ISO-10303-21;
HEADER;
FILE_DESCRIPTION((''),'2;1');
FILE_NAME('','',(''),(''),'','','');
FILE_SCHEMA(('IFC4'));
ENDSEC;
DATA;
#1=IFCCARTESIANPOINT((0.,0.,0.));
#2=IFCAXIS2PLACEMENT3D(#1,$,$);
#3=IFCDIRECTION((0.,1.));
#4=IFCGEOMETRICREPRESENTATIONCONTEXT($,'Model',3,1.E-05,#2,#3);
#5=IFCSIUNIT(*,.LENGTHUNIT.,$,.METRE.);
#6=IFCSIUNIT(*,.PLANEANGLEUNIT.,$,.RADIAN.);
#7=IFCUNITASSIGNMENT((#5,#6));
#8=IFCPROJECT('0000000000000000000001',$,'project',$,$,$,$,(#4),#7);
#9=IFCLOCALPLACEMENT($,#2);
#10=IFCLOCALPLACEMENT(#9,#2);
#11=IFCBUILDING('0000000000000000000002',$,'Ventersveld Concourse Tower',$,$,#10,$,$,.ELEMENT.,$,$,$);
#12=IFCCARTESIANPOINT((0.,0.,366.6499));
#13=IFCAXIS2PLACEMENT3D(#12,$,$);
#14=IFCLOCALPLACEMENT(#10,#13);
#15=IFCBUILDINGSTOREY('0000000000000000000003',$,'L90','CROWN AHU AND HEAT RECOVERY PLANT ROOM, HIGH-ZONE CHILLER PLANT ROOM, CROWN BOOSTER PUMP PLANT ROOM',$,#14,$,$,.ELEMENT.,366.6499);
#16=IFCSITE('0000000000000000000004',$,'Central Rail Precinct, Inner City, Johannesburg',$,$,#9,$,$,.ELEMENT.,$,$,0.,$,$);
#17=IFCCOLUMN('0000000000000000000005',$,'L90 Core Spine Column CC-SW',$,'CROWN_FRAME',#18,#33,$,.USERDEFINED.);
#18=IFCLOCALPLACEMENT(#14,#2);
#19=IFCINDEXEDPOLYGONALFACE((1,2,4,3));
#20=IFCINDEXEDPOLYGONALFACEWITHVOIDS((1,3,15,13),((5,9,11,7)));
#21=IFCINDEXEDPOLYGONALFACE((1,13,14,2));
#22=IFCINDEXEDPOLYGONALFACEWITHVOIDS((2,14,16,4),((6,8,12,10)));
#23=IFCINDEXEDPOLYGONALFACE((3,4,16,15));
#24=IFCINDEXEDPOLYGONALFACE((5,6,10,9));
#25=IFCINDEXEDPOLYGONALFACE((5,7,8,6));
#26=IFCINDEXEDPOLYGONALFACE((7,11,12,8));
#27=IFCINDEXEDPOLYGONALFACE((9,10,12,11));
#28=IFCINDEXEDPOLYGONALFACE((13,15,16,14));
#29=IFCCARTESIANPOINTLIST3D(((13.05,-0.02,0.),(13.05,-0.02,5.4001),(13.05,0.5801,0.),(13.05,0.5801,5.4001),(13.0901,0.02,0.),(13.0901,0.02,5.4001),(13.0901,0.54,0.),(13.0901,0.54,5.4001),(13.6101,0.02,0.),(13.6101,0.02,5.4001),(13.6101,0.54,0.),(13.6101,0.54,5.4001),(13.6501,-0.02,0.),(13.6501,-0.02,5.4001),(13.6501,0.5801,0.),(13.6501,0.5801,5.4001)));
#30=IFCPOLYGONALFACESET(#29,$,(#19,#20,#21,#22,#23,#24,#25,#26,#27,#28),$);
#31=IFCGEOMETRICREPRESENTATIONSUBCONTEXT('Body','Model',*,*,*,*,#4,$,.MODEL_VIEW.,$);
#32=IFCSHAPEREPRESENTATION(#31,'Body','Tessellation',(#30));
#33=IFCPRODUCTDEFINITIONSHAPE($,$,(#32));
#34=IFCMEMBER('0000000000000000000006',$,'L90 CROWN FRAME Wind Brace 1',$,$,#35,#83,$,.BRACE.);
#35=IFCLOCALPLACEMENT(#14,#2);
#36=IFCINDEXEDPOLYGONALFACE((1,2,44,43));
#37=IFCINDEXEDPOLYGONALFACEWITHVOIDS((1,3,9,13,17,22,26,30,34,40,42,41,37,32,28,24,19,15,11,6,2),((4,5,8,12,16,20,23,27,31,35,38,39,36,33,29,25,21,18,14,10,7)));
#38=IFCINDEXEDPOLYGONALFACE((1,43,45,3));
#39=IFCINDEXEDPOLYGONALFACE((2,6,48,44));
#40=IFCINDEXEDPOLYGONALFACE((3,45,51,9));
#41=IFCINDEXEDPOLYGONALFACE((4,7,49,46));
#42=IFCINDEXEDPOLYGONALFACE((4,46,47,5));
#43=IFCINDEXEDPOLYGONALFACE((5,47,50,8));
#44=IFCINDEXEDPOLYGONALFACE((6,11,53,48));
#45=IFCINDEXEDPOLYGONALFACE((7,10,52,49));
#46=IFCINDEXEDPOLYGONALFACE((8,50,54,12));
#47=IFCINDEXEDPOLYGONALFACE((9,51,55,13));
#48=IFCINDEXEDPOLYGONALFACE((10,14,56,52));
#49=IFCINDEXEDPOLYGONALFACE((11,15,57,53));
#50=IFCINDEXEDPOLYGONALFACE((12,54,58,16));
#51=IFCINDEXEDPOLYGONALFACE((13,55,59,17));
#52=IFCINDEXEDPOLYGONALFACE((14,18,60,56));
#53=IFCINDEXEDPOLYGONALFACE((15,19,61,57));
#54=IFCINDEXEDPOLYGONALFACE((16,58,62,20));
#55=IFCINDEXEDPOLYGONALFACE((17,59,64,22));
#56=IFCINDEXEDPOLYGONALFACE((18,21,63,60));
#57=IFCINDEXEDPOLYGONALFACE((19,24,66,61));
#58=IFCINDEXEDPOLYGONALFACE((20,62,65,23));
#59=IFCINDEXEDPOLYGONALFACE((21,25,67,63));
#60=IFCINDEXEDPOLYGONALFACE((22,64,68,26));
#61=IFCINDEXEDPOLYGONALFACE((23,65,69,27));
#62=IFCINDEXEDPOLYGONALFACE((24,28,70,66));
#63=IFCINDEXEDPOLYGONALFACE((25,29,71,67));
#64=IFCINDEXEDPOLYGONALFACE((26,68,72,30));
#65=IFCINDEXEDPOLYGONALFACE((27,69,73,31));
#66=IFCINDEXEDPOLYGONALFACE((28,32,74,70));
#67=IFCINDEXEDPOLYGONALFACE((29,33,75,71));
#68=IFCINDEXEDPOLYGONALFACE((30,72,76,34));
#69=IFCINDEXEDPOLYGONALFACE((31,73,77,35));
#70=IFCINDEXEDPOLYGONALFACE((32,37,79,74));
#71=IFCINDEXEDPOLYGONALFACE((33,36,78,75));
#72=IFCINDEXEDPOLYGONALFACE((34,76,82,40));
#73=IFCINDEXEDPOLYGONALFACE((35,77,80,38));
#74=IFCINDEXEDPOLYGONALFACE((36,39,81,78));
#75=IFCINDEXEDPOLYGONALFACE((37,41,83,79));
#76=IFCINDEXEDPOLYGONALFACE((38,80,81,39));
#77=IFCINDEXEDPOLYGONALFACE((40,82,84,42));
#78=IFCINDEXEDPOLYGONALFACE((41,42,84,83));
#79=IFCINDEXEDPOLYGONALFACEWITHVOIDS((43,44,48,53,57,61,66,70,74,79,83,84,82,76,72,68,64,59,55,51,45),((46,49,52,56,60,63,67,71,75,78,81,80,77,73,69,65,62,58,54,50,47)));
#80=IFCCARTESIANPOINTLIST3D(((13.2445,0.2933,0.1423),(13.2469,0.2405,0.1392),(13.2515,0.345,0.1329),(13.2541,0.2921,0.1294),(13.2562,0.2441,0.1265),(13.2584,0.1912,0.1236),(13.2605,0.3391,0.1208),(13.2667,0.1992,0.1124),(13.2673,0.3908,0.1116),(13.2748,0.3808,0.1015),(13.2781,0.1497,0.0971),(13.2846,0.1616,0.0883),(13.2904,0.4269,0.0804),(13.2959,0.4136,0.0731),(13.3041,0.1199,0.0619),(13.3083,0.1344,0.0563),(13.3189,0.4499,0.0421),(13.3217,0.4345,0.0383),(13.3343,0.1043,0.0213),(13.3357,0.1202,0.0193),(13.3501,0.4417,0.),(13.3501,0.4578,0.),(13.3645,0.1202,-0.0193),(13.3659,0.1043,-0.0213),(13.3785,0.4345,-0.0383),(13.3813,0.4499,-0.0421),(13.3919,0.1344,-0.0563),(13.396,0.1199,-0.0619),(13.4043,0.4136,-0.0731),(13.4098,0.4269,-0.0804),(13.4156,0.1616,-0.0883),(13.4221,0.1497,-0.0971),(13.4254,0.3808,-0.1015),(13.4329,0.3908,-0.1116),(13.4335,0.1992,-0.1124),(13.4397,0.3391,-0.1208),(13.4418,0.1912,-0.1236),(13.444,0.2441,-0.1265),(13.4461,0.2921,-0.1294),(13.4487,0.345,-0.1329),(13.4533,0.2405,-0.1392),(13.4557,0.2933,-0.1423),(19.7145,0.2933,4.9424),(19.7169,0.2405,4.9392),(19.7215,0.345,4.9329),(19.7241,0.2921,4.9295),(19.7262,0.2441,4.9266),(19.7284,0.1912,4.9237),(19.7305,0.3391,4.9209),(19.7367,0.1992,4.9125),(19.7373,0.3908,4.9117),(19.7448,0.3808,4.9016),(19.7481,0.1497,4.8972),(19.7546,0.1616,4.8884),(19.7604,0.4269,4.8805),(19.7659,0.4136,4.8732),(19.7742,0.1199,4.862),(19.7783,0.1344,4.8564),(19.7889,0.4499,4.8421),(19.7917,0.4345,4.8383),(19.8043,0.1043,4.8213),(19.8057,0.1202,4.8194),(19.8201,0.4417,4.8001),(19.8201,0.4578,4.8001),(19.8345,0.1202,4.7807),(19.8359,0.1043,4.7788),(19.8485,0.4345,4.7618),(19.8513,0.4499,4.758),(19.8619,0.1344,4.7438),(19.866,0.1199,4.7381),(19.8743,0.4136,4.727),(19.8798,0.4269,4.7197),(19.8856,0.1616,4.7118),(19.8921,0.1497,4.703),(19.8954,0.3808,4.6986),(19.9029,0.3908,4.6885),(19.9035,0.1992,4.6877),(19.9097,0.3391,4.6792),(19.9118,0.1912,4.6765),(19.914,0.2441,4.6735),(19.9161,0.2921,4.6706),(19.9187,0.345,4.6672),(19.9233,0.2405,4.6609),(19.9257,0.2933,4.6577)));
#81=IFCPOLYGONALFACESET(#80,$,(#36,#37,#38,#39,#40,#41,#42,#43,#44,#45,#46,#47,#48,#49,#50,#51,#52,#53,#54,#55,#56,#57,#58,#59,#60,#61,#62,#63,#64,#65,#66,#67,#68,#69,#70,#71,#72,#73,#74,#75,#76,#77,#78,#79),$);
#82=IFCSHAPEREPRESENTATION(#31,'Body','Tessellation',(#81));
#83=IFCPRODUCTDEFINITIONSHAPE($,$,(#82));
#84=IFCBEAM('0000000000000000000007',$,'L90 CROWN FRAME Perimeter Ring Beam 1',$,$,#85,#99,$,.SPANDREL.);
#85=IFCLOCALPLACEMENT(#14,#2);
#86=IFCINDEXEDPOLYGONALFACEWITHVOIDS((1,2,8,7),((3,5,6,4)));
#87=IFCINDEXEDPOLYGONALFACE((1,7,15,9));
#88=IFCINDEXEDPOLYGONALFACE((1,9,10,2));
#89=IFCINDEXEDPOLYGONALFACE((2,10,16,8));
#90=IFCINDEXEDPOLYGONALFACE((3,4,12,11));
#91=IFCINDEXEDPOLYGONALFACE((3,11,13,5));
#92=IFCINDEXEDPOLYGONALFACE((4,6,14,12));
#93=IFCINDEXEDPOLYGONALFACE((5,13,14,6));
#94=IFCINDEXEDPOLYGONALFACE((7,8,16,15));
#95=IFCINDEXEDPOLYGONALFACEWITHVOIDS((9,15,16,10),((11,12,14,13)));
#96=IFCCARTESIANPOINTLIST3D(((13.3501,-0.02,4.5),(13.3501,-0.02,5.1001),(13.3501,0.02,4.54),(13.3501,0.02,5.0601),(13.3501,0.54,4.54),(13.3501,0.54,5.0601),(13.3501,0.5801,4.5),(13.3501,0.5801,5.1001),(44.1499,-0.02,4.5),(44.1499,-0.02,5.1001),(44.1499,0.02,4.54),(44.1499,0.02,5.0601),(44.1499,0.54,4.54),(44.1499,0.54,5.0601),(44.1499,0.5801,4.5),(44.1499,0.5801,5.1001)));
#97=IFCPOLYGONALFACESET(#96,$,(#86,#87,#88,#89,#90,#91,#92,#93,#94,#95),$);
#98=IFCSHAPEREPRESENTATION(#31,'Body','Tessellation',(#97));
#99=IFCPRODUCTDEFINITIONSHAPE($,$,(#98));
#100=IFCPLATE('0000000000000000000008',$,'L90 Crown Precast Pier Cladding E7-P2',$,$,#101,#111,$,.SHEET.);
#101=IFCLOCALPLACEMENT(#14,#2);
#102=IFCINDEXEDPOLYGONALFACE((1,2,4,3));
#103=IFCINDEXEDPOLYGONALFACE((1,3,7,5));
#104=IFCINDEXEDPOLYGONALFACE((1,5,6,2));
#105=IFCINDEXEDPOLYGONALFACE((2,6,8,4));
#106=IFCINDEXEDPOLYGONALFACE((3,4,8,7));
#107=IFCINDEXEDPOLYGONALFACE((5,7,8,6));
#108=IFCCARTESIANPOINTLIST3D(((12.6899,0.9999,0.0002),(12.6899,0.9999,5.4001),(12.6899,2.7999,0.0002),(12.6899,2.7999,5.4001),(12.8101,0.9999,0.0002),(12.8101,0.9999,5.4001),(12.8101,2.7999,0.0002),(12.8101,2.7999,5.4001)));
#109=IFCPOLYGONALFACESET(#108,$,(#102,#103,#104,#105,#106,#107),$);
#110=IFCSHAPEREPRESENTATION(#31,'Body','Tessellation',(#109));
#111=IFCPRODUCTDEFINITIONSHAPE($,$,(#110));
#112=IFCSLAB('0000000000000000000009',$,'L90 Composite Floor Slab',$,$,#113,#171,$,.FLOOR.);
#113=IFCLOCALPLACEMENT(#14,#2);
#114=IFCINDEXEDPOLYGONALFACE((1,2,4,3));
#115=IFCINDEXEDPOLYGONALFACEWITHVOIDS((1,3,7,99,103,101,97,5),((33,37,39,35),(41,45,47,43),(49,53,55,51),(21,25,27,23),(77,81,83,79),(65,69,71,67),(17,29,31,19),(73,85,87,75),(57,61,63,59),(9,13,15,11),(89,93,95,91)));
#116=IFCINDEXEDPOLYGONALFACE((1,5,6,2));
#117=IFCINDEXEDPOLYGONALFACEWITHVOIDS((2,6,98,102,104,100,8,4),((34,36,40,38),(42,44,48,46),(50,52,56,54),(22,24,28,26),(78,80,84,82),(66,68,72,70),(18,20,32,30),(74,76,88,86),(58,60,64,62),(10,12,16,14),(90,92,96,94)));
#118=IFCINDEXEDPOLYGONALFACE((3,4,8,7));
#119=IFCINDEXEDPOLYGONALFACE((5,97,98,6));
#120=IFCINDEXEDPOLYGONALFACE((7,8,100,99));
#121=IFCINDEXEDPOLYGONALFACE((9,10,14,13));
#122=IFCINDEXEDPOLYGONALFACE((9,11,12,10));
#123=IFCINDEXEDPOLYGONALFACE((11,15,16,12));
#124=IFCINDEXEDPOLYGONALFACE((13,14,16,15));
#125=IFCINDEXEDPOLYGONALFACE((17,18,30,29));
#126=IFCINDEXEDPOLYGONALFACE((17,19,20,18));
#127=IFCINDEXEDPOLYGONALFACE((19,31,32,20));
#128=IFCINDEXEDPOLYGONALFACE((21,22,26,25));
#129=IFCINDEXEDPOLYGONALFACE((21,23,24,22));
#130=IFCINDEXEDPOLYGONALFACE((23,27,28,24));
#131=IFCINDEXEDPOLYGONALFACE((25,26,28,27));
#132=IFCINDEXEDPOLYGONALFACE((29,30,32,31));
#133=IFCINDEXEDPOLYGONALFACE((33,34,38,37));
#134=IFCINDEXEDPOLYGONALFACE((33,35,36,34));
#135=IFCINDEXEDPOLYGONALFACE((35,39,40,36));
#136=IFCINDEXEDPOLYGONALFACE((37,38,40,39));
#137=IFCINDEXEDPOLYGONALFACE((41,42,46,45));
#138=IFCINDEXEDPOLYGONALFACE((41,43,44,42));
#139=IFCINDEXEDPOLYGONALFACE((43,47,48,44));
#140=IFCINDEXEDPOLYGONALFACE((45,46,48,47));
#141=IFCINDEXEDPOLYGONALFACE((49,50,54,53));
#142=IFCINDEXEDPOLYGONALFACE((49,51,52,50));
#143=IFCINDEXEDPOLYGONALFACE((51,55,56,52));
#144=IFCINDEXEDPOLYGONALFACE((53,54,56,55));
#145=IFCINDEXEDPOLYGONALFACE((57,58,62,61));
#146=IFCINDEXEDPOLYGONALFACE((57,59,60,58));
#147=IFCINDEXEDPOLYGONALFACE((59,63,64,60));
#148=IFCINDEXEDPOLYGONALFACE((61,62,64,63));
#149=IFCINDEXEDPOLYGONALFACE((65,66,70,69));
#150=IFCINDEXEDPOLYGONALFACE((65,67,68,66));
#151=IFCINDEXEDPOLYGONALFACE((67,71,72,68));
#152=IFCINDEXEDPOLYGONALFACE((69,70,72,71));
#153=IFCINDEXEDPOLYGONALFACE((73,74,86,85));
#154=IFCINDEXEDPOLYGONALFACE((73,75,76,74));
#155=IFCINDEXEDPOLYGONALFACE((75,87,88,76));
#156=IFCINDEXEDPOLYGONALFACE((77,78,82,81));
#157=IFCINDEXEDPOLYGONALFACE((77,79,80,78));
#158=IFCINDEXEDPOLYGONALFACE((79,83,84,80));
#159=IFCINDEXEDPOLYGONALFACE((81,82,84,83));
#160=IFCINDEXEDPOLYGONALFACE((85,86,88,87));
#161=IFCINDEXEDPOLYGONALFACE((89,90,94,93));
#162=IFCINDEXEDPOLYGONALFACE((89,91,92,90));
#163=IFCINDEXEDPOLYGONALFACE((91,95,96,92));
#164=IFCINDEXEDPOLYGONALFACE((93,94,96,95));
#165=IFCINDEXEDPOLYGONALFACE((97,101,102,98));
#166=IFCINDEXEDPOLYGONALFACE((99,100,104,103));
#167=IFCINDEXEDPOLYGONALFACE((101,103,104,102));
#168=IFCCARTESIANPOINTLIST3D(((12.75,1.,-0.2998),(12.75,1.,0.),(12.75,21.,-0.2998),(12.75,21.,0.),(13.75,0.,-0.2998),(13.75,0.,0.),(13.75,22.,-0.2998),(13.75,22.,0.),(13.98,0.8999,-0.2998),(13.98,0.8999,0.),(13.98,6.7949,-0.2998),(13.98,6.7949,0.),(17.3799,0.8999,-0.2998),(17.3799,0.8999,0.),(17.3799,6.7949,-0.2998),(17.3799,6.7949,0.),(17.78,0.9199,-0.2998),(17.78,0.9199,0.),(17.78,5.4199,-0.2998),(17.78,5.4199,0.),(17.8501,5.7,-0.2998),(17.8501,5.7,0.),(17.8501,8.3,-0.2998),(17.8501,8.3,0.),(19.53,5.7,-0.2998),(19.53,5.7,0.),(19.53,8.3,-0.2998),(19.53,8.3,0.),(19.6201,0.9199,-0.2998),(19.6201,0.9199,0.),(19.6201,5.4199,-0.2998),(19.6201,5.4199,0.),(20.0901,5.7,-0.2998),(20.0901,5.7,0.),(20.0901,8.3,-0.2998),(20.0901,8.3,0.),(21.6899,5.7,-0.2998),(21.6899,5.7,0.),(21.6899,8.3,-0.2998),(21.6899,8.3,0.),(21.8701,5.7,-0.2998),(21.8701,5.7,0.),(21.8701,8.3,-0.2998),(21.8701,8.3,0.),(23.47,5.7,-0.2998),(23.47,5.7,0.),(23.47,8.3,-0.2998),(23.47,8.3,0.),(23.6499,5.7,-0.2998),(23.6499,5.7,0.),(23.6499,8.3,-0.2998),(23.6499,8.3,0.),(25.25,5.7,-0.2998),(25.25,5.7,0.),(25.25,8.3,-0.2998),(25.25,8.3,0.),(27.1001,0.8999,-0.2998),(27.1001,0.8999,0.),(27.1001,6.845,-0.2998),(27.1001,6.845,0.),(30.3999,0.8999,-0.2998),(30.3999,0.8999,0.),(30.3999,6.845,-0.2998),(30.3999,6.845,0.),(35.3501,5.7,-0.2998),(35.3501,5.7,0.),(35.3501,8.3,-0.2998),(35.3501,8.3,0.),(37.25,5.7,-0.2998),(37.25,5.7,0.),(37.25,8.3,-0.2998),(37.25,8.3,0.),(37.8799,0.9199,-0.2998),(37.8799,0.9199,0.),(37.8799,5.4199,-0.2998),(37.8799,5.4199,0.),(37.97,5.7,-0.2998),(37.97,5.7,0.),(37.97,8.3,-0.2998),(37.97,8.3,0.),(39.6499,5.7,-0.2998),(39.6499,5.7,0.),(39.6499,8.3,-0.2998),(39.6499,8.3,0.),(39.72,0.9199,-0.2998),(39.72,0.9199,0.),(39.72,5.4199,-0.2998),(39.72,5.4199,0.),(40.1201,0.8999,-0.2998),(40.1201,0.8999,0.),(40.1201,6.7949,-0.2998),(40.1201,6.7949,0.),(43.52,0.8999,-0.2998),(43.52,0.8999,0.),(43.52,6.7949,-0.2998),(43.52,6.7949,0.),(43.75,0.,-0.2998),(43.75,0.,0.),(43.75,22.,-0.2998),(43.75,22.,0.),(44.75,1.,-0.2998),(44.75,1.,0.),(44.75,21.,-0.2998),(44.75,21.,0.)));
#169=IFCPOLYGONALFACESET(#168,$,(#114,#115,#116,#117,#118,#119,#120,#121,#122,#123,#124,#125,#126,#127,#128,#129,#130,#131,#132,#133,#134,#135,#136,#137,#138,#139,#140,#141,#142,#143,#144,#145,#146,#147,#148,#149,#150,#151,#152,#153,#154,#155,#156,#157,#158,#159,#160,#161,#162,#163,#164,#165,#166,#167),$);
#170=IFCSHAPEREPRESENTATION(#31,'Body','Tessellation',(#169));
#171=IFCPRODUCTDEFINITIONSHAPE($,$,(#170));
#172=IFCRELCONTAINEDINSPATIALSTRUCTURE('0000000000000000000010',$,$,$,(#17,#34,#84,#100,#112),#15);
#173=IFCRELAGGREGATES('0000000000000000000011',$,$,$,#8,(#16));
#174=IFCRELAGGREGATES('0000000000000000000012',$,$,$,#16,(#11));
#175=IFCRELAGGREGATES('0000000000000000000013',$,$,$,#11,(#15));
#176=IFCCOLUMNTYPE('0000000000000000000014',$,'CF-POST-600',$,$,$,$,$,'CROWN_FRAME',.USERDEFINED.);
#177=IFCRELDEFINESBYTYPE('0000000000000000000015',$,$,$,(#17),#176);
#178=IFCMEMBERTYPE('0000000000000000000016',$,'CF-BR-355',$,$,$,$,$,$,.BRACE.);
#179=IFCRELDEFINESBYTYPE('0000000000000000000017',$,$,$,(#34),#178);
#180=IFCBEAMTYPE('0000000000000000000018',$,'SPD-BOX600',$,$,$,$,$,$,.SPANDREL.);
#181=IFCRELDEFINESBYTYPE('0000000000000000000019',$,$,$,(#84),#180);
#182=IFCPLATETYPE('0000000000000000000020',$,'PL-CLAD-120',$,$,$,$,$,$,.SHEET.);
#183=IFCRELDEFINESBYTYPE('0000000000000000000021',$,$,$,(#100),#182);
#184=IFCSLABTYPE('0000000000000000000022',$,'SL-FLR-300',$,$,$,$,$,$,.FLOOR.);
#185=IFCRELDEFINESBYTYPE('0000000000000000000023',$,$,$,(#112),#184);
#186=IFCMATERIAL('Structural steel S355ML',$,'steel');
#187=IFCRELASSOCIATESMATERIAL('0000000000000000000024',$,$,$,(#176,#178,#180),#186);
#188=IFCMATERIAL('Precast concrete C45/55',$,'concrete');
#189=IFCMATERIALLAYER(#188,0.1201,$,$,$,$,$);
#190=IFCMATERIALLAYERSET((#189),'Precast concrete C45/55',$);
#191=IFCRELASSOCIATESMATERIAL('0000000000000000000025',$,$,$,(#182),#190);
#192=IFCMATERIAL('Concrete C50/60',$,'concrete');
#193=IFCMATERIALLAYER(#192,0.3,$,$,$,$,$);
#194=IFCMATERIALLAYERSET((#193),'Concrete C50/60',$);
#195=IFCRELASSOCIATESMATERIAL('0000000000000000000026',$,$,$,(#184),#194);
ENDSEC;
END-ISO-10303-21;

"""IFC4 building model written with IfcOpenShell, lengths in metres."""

from ifc_helpers import new_model, si_unit, direction, frame, origin, origin_2d, place, context, subcontext, project, spatial, polyline, rectangle, hollow_rectangle, hollow_circle, outline, extrude, material, layer, layer_set, material_profile, profile_set, type_object, element, save


model = new_model("IFC4")

# Units and contexts
model_context = context("Model", 3, precision=1e-05, world=origin(), true_north=direction((0.0, 1.0)))
body_context = subcontext(model_context, "Body", "Model", "MODEL_VIEW")
ifc_project = project(units=[si_unit("LENGTHUNIT", "METRE"), si_unit("PLANEANGLEUNIT", "RADIAN")], contexts=[model_context])

# Site, building, storey
site_placement = place(None, origin())
site = spatial("IfcSite", under=ifc_project, at=site_placement, Name="Central Rail Precinct, Inner City, Johannesburg", CompositionType="ELEMENT", RefElevation=0.0)
building_placement = place(site_placement, origin())
building = spatial("IfcBuilding", under=site, at=building_placement, Name="Ventersveld Concourse Tower", CompositionType="ELEMENT")
storey_placement = place(building_placement, frame((0.0, 0.0, 366.6499)))
storey = spatial("IfcBuildingStorey", under=building, at=storey_placement, Name="L90", Description="CROWN AHU AND HEAT RECOVERY PLANT ROOM, HIGH-ZONE CHILLER PLANT ROOM, CROWN BOOSTER PUMP PLANT ROOM", CompositionType="ELEMENT", Elevation=366.6499)

# Column
ifc_material_1 = material(Name="Structural steel S355ML", Category="steel")
ifc_material_profile_1 = material_profile(ifc_material_1, hollow_rectangle(XDim=0.6001, YDim=0.6001, WallThickness=0.04, at=origin_2d()), Name="BOX 600x600x40")
ifc_profile_set_1 = profile_set([ifc_material_profile_1], Name="Structural steel S355ML")
column_type = type_object("IfcColumnType", Name="CF-POST-600", ElementType="CROWN_FRAME", PredefinedType="USERDEFINED", material=ifc_profile_set_1)
column_placement = place(storey_placement, frame((13.3501, 0.28, 0.0), z_axis=(0.0, 0.0, 1.0), x_axis=(1.0, 0.0, 0.0)))
element("IfcColumn", 1, at=column_placement, inside=storey, type_object=column_type, Name="L90 Core Spine Column CC-SW", ObjectType="CROWN_FRAME", PredefinedType="USERDEFINED", context=body_context, shape_type="SweptSolid", body=[
    extrude(hollow_rectangle(XDim=0.6001, YDim=0.6001, WallThickness=0.04, at=origin_2d()), origin(), (0.0, 0.0, 1.0), 5.4001),
])

# Member
ifc_material_profile_2 = material_profile(ifc_material_1, hollow_circle(Radius=0.1777, WallThickness=0.0161, at=origin_2d()), Name="CHS 355.6x16")
ifc_profile_set_2 = profile_set([ifc_material_profile_2], Name="Structural steel S355ML")
member_type = type_object("IfcMemberType", Name="CF-BR-355", PredefinedType="BRACE", material=ifc_profile_set_2)
member_placement = place(storey_placement, frame((13.3501, 0.28, 0.0), z_axis=(0.803113, 0.0, 0.595827), x_axis=(0.0, 1.0, 0.0)))
element("IfcMember", 2, at=member_placement, inside=storey, type_object=member_type, Name="L90 CROWN FRAME Wind Brace 1", PredefinedType="BRACE", context=body_context, shape_type="SweptSolid", body=[
    extrude(hollow_circle(Radius=0.1777, WallThickness=0.0161, at=origin_2d()), origin(), (0.0, 0.0, 1.0), 8.0562),
])

# Beam
ifc_material_profile_3 = material_profile(ifc_material_1, hollow_rectangle(XDim=0.6001, YDim=0.6001, WallThickness=0.04, at=origin_2d()), Name="BOX 600x600x40")
ifc_profile_set_3 = profile_set([ifc_material_profile_3], Name="Structural steel S355ML")
beam_type = type_object("IfcBeamType", Name="SPD-BOX600", PredefinedType="SPANDREL", material=ifc_profile_set_3)
beam_placement = place(storey_placement, frame((13.3501, 0.28, 4.8), z_axis=(1.0, 0.0, 0.0), x_axis=(0.0, 1.0, 0.0)))
element("IfcBeam", 3, at=beam_placement, inside=storey, type_object=beam_type, Name="L90 CROWN FRAME Perimeter Ring Beam 1", PredefinedType="SPANDREL", context=body_context, shape_type="SweptSolid", body=[
    extrude(hollow_rectangle(XDim=0.6001, YDim=0.6001, WallThickness=0.04, at=origin_2d()), origin(), (0.0, 0.0, 1.0), 30.7998),
])

# Plate
ifc_material_2 = material(Name="Precast concrete C45/55", Category="concrete")
ifc_layer_1 = layer(ifc_material_2, 0.1201)
ifc_layer_set_1 = layer_set([ifc_layer_1], Name="Precast concrete C45/55")
plate_type = type_object("IfcPlateType", Name="PL-CLAD-120", PredefinedType="SHEET", material=ifc_layer_set_1)
plate_placement = place(storey_placement, frame((12.75, 1.8999, 0.0002), z_axis=(0.0, 0.0, 1.0), x_axis=(0.0, -1.0, 0.0)))
element("IfcPlate", 4, at=plate_placement, inside=storey, type_object=plate_type, Name="L90 Crown Precast Pier Cladding E7-P2", PredefinedType="SHEET", context=body_context, shape_type="SweptSolid", body=[
    extrude(rectangle(XDim=1.8, YDim=0.1201, at=origin_2d()), origin(), (0.0, 0.0, 1.0), 5.3999),
])

# Slab
ifc_material_3 = material(Name="Concrete C50/60", Category="concrete")
ifc_layer_2 = layer(ifc_material_3, 0.3)
ifc_layer_set_2 = layer_set([ifc_layer_2], Name="Concrete C50/60")
slab_type_1 = type_object("IfcSlabType", Name="SL-FLR-300", PredefinedType="FLOOR", material=ifc_layer_set_2)
slab_1_placement = place(storey_placement, frame((0.0, 0.0, -0.2998)))
element("IfcSlab", 5, at=slab_1_placement, inside=storey, type_object=slab_type_1, Name="L90 Composite Floor Slab", PredefinedType="FLOOR", context=body_context, shape_type="SweptSolid", body=[
    extrude(outline(polyline([(13.75, 0.0), (43.75, 0.0), (44.75, 1.0), (44.75, 21.0), (43.75, 22.0), (13.75, 22.0), (12.75, 21.0), (12.75, 1.0), (13.75, 0.0)]), holes=[polyline([(13.98, 6.7949), (13.98, 0.8999), (17.3799, 0.8999), (17.3799, 6.7949), (13.98, 6.7949)]), polyline([(40.1201, 6.7949), (40.1201, 0.8999), (43.52, 0.8999), (43.52, 6.7949), (40.1201, 6.7949)]), polyline([(27.1001, 6.845), (27.1001, 0.8999), (30.3999, 0.8999), (30.3999, 6.845), (27.1001, 6.845)]), polyline([(17.8501, 5.7), (19.53, 5.7), (19.53, 8.3), (17.8501, 8.3), (17.8501, 5.7)]), polyline([(37.97, 5.7), (39.6499, 5.7), (39.6499, 8.3), (37.97, 8.3), (37.97, 5.7)]), polyline([(35.3501, 5.7), (37.25, 5.7), (37.25, 8.3), (35.3501, 8.3), (35.3501, 5.7)]), polyline([(20.0901, 5.7), (21.6899, 5.7), (21.6899, 8.3), (20.0901, 8.3), (20.0901, 5.7)]), polyline([(21.8701, 5.7), (23.47, 5.7), (23.47, 8.3), (21.8701, 8.3), (21.8701, 5.7)]), polyline([(23.6499, 5.7), (25.25, 5.7), (25.25, 8.3), (23.6499, 8.3), (23.6499, 5.7)]), polyline([(17.78, 0.9199), (19.6201, 0.9199), (19.6201, 5.4199), (17.78, 5.4199), (17.78, 0.9199)]), polyline([(37.8799, 0.9199), (39.72, 0.9199), (39.72, 5.4199), (37.8799, 5.4199), (37.8799, 0.9199)])]), origin(), (0.0, 0.0, 1.0), 0.2998),
])

save(model, "model.ifc")
